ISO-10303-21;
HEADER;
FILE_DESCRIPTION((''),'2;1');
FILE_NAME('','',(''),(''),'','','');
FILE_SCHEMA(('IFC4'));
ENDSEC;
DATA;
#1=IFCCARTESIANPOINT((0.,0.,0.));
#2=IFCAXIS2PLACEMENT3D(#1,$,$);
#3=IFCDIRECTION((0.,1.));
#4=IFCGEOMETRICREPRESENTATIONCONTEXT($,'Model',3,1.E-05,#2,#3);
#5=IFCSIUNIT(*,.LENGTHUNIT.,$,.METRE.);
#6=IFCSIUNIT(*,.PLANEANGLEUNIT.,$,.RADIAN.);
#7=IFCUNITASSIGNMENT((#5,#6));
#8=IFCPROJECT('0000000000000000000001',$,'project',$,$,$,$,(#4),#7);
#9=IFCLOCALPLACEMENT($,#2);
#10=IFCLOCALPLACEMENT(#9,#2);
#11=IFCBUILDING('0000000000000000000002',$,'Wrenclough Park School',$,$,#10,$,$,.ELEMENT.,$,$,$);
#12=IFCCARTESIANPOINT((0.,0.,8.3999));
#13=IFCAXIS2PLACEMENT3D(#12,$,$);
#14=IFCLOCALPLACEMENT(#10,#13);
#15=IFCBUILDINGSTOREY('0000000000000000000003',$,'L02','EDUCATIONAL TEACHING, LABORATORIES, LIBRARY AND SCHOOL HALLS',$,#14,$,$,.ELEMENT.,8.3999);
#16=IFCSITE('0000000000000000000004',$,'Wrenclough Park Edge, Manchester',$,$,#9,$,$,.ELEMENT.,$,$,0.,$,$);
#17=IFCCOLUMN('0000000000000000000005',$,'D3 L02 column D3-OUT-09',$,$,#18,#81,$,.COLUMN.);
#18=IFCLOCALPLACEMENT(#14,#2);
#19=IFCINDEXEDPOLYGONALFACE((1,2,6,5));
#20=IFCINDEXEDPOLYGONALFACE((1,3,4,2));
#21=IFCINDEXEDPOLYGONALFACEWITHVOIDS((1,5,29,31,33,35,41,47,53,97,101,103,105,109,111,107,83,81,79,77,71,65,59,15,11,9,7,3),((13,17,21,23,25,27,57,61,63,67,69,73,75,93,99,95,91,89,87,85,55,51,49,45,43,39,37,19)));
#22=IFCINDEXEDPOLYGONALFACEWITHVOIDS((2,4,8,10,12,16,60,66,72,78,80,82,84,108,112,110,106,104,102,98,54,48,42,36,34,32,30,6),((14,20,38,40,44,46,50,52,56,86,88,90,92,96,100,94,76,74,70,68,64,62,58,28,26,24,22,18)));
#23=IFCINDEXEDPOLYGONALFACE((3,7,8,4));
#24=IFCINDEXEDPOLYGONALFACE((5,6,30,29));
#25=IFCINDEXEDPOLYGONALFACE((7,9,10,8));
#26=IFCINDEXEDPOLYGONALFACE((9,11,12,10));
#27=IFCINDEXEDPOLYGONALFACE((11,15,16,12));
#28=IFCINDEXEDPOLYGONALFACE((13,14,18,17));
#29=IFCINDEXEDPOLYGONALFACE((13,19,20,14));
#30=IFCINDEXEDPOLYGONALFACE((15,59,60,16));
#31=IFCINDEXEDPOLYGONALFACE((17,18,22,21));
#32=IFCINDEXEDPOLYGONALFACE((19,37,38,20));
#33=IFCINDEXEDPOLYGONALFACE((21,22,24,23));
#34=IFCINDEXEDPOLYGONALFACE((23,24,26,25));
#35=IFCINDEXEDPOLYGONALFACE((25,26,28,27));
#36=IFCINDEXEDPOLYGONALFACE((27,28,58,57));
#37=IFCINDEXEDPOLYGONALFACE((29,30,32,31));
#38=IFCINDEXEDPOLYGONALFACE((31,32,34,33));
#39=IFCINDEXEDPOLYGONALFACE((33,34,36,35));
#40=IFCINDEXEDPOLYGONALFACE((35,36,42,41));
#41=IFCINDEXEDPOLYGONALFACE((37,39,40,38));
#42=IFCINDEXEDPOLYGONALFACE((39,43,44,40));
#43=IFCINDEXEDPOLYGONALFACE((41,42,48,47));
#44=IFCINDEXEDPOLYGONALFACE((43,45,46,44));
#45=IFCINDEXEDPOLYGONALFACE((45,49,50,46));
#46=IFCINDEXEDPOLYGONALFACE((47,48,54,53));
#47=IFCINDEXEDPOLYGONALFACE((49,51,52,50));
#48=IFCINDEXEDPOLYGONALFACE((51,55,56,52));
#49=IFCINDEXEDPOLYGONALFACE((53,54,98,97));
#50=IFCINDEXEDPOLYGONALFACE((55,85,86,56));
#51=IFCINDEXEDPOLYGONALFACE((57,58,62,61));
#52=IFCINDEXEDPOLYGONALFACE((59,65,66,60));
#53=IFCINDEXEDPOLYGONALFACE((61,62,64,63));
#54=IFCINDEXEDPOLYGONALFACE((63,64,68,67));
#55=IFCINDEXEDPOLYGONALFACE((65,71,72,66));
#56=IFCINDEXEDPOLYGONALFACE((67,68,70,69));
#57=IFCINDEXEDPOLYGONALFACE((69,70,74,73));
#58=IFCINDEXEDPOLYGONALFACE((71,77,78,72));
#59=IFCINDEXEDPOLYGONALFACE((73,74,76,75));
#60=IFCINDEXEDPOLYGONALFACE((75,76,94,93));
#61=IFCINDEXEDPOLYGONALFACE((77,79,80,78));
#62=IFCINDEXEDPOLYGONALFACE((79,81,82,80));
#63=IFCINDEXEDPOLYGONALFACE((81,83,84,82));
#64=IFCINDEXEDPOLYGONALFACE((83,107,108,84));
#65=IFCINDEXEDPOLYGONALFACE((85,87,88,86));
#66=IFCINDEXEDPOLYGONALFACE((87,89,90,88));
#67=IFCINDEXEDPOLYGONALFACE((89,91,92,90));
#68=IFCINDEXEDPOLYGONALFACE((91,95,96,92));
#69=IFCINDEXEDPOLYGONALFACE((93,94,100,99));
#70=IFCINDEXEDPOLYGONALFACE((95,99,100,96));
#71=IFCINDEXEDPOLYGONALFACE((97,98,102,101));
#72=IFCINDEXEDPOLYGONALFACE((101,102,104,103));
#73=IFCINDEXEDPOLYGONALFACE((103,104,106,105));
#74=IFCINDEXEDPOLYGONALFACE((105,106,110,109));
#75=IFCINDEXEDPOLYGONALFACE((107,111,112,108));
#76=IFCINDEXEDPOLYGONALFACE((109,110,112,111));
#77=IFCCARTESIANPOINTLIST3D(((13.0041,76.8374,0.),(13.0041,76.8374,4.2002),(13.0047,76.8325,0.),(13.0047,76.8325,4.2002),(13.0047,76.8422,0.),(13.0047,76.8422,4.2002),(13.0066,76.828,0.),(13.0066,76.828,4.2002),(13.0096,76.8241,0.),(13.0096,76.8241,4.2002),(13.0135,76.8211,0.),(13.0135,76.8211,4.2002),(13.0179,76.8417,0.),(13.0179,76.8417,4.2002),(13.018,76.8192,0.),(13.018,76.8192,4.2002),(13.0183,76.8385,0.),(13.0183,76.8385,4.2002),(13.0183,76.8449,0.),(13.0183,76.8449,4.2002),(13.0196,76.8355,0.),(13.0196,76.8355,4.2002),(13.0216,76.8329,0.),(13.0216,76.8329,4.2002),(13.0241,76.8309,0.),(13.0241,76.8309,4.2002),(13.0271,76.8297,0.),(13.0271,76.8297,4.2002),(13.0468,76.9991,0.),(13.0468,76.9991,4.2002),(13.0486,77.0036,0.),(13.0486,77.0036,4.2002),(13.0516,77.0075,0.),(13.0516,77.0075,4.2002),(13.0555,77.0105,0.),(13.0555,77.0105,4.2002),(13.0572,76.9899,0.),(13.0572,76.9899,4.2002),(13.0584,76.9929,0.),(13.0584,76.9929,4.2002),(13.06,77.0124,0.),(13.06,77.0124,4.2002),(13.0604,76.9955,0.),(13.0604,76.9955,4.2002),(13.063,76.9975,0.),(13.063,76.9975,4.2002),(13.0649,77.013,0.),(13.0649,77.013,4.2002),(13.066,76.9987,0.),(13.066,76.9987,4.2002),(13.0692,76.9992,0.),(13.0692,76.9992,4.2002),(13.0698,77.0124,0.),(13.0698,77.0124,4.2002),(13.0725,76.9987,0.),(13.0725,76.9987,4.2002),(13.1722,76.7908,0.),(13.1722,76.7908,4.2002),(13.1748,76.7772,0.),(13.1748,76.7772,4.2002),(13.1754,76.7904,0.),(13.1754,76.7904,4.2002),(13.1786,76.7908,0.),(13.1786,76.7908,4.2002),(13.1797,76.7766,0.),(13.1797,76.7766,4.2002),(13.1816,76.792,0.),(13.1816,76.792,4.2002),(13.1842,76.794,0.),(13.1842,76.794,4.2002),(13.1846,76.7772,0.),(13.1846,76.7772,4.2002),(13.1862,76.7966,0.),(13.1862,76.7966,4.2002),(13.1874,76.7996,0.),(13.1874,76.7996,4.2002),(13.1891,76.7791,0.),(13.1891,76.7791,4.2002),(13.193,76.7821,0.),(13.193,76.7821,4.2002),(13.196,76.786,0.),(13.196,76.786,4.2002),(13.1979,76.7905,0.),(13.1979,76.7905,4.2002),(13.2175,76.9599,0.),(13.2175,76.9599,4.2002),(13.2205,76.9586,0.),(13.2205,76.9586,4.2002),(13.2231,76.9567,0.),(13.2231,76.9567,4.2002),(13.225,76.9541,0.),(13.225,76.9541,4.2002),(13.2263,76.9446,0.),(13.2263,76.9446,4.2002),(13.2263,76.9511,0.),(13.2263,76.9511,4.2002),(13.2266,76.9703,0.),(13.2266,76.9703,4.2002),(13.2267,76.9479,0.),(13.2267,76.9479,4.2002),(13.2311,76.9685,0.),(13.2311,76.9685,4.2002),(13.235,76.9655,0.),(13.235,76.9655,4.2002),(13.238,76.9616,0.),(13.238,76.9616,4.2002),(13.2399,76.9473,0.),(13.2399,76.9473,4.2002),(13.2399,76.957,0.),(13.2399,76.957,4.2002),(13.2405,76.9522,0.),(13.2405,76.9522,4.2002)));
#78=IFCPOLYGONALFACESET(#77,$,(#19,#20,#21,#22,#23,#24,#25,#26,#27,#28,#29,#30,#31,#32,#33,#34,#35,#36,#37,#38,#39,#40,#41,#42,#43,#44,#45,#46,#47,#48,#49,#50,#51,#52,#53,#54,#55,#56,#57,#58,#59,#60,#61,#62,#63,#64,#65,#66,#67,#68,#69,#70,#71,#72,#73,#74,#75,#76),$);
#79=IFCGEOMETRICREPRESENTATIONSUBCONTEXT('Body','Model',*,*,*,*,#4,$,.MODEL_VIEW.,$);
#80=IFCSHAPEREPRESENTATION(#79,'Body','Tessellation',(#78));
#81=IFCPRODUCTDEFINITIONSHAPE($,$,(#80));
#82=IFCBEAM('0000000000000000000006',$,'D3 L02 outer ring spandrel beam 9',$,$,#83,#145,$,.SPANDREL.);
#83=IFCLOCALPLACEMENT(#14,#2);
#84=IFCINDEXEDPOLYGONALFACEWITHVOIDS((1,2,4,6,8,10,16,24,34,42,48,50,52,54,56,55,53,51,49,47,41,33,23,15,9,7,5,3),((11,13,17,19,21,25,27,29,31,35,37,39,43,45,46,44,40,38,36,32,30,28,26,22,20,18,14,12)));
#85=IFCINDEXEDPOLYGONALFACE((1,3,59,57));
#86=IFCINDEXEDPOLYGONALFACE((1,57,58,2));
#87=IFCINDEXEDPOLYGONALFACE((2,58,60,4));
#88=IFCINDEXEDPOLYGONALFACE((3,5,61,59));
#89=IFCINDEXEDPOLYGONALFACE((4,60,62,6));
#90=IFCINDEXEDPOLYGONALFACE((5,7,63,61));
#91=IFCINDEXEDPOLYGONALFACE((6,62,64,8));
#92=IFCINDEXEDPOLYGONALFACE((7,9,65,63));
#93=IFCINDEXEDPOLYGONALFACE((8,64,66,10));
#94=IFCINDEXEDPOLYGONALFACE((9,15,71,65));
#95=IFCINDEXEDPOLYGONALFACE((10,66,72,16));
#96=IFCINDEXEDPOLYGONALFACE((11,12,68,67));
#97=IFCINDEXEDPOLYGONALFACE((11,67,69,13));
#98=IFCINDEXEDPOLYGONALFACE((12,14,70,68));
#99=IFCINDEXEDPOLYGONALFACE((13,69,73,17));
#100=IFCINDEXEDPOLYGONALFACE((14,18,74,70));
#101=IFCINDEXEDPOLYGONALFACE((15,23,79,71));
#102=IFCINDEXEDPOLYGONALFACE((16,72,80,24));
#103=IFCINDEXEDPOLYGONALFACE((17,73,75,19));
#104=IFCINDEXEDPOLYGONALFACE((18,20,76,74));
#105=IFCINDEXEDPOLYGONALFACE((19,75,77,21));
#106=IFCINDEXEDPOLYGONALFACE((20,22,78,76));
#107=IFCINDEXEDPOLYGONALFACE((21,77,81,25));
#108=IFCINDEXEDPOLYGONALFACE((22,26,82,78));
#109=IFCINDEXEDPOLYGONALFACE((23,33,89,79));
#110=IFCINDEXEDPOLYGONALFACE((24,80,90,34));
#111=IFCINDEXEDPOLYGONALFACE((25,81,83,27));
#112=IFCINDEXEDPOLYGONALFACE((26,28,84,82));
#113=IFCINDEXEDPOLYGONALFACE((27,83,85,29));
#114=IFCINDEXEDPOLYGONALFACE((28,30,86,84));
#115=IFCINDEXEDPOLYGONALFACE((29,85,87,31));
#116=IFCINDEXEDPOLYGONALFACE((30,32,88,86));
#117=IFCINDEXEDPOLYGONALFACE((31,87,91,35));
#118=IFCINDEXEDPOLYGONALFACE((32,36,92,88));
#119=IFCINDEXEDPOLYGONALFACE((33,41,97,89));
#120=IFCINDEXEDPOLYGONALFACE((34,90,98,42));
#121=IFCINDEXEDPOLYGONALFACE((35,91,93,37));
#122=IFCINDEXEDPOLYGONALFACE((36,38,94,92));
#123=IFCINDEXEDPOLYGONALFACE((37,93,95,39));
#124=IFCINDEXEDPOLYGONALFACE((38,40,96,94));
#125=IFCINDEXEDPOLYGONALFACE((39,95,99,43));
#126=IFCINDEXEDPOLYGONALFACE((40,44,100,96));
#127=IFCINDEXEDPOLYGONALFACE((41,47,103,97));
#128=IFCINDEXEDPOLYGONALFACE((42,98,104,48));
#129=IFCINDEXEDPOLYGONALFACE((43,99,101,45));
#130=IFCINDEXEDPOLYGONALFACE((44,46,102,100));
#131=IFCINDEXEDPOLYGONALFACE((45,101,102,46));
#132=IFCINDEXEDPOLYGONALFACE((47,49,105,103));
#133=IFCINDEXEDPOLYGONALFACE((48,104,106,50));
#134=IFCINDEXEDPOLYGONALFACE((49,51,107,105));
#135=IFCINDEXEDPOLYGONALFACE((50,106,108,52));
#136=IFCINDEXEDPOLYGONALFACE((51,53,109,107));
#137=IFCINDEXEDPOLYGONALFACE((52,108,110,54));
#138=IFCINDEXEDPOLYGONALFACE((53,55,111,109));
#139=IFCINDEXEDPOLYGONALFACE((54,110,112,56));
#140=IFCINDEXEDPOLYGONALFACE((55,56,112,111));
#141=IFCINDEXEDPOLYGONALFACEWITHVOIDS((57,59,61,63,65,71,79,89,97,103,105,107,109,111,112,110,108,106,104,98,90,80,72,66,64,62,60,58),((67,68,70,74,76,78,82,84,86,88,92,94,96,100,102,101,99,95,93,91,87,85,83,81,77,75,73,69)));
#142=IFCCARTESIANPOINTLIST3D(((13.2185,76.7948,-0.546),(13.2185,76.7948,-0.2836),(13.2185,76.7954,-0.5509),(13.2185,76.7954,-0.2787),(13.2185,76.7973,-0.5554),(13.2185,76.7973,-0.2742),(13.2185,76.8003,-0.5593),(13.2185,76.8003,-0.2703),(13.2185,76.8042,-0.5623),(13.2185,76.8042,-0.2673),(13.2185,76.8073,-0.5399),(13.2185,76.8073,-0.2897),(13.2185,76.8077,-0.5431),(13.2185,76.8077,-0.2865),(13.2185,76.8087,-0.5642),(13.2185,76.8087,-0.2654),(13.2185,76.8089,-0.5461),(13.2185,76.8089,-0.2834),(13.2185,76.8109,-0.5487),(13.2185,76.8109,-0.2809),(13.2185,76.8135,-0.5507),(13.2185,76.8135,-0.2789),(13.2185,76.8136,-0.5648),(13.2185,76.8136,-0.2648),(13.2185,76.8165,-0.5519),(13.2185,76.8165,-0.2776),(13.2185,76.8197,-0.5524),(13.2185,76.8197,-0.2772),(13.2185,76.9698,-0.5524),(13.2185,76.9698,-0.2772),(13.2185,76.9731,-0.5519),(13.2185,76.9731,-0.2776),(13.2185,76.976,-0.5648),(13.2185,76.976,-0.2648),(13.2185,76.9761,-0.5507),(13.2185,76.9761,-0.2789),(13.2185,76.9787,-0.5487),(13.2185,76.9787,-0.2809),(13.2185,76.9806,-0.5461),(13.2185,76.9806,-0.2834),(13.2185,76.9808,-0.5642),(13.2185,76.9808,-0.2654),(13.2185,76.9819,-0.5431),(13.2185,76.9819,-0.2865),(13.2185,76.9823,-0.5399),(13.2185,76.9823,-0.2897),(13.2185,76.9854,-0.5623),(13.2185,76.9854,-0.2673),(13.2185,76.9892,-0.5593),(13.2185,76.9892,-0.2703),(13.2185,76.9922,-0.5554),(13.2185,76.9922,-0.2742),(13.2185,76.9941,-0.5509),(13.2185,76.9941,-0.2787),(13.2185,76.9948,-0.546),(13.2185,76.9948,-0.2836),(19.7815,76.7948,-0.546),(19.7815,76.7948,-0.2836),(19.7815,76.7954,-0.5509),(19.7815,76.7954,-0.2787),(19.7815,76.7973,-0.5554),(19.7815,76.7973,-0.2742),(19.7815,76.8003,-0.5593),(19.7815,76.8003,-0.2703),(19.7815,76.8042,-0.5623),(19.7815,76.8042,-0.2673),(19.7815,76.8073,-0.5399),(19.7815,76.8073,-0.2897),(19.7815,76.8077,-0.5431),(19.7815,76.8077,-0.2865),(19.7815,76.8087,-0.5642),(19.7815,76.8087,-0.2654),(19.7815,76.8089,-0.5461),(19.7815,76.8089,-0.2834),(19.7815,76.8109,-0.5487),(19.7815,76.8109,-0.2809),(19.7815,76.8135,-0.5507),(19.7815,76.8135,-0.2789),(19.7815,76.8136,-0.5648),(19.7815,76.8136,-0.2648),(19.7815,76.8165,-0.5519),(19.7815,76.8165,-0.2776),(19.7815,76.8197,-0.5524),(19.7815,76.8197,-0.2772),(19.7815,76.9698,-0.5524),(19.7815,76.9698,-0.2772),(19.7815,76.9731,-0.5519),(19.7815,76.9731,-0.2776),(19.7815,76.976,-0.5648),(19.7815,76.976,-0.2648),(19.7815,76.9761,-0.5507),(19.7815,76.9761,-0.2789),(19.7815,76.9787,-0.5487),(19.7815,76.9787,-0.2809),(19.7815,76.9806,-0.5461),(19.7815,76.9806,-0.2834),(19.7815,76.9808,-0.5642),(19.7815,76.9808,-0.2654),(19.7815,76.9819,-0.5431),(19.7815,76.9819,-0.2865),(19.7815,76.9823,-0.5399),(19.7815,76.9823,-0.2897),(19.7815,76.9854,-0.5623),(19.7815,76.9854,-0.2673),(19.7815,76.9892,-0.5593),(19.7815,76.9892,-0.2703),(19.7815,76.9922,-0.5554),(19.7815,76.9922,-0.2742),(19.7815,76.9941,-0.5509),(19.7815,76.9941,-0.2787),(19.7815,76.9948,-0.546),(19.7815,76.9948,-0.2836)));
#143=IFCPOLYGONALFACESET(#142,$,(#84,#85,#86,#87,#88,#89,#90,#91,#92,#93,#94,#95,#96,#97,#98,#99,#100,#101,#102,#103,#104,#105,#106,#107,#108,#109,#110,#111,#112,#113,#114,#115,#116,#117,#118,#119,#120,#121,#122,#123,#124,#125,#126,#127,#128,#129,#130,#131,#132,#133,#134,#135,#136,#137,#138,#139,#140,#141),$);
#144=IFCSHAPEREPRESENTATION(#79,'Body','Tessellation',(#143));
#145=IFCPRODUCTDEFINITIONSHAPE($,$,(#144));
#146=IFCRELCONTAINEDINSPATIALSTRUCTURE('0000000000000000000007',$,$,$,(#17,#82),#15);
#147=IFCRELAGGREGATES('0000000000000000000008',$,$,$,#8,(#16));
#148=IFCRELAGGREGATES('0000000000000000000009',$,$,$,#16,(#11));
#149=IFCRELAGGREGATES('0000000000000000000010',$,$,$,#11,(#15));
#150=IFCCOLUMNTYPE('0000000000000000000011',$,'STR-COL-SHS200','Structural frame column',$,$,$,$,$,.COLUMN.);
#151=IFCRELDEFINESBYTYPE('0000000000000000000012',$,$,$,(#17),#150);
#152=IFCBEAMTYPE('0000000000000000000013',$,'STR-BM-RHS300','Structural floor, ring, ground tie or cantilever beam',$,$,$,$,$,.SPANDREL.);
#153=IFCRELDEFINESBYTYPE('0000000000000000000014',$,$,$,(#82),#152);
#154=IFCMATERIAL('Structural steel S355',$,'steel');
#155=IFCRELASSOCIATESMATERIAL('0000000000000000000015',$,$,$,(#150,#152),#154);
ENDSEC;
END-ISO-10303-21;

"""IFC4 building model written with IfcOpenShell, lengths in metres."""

from ifc_helpers import new_model, si_unit, direction, frame, origin, origin_2d, place, context, subcontext, project, spatial, hollow_rectangle, extrude, material, material_profile, profile_set, type_object, element, save


model = new_model("IFC4")

# Units and contexts
model_context = context("Model", 3, precision=1e-05, world=origin(), true_north=direction((0.0, 1.0)))
body_context = subcontext(model_context, "Body", "Model", "MODEL_VIEW")
ifc_project = project(units=[si_unit("LENGTHUNIT", "METRE"), si_unit("PLANEANGLEUNIT", "RADIAN")], contexts=[model_context])

# Site, building, storey
site_placement = place(None, origin())
site = spatial("IfcSite", under=ifc_project, at=site_placement, Name="Wrenclough Park Edge, Manchester", CompositionType="ELEMENT", RefElevation=0.0)
building_placement = place(site_placement, origin())
building = spatial("IfcBuilding", under=site, at=building_placement, Name="Wrenclough Park School", CompositionType="ELEMENT")
storey_placement = place(building_placement, frame((0.0, 0.0, 8.3999)))
storey = spatial("IfcBuildingStorey", under=building, at=storey_placement, Name="L02", Description="EDUCATIONAL TEACHING, LABORATORIES, LIBRARY AND SCHOOL HALLS", CompositionType="ELEMENT", Elevation=8.3999)

# Column
ifc_material_1 = material(Name="Structural steel S355", Category="steel")
ifc_material_profile_1 = material_profile(ifc_material_1, hollow_rectangle(XDim=0.2, YDim=0.2, WallThickness=0.0125, InnerFilletRadius=0.0125, OuterFilletRadius=0.0188, at=origin_2d()), Name="SHS 200x200x12.5")
ifc_profile_set_1 = profile_set([ifc_material_profile_1], Name="Structural steel S355")
column_type = type_object("IfcColumnType", Name="STR-COL-SHS200", Description="Structural frame column", PredefinedType="COLUMN", material=ifc_profile_set_1)
column_placement = place(storey_placement, frame((13.1223, 76.8948, 0.0), z_axis=(0.0, 0.0, 1.0), x_axis=(0.965926, -0.258819, 0.0)))
element("IfcColumn", 1, at=column_placement, inside=storey, type_object=column_type, Name="D3 L02 column D3-OUT-09", PredefinedType="COLUMN", context=body_context, shape_type="SweptSolid", body=[
    extrude(hollow_rectangle(XDim=0.2, YDim=0.2, WallThickness=0.0125, InnerFilletRadius=0.0125, OuterFilletRadius=0.0188, at=origin_2d()), origin(), (0.0, 0.0, 1.0), 4.2002),
])

# Beam
ifc_material_profile_2 = material_profile(ifc_material_1, hollow_rectangle(XDim=0.2, YDim=0.3, WallThickness=0.0125, InnerFilletRadius=0.0125, OuterFilletRadius=0.0188, at=origin_2d()), Name="RHS 300x200x12.5")
ifc_profile_set_2 = profile_set([ifc_material_profile_2], Name="Structural steel S355")
beam_type = type_object("IfcBeamType", Name="STR-BM-RHS300", Description="Structural floor, ring, ground tie or cantilever beam", PredefinedType="SPANDREL", material=ifc_profile_set_2)
beam_placement = place(storey_placement, frame((13.2185, 76.8948, -0.4148), z_axis=(1.0, 0.0, 0.0), x_axis=(0.0, 1.0, 0.0)))
element("IfcBeam", 2, at=beam_placement, inside=storey, type_object=beam_type, Name="D3 L02 outer ring spandrel beam 9", PredefinedType="SPANDREL", context=body_context, shape_type="SweptSolid", body=[
    extrude(hollow_rectangle(XDim=0.2, YDim=0.3, WallThickness=0.0125, InnerFilletRadius=0.0125, OuterFilletRadius=0.0188, at=origin_2d()), origin(), (0.0, 0.0, 1.0), 6.563),
])

save(model, "model.ifc")
